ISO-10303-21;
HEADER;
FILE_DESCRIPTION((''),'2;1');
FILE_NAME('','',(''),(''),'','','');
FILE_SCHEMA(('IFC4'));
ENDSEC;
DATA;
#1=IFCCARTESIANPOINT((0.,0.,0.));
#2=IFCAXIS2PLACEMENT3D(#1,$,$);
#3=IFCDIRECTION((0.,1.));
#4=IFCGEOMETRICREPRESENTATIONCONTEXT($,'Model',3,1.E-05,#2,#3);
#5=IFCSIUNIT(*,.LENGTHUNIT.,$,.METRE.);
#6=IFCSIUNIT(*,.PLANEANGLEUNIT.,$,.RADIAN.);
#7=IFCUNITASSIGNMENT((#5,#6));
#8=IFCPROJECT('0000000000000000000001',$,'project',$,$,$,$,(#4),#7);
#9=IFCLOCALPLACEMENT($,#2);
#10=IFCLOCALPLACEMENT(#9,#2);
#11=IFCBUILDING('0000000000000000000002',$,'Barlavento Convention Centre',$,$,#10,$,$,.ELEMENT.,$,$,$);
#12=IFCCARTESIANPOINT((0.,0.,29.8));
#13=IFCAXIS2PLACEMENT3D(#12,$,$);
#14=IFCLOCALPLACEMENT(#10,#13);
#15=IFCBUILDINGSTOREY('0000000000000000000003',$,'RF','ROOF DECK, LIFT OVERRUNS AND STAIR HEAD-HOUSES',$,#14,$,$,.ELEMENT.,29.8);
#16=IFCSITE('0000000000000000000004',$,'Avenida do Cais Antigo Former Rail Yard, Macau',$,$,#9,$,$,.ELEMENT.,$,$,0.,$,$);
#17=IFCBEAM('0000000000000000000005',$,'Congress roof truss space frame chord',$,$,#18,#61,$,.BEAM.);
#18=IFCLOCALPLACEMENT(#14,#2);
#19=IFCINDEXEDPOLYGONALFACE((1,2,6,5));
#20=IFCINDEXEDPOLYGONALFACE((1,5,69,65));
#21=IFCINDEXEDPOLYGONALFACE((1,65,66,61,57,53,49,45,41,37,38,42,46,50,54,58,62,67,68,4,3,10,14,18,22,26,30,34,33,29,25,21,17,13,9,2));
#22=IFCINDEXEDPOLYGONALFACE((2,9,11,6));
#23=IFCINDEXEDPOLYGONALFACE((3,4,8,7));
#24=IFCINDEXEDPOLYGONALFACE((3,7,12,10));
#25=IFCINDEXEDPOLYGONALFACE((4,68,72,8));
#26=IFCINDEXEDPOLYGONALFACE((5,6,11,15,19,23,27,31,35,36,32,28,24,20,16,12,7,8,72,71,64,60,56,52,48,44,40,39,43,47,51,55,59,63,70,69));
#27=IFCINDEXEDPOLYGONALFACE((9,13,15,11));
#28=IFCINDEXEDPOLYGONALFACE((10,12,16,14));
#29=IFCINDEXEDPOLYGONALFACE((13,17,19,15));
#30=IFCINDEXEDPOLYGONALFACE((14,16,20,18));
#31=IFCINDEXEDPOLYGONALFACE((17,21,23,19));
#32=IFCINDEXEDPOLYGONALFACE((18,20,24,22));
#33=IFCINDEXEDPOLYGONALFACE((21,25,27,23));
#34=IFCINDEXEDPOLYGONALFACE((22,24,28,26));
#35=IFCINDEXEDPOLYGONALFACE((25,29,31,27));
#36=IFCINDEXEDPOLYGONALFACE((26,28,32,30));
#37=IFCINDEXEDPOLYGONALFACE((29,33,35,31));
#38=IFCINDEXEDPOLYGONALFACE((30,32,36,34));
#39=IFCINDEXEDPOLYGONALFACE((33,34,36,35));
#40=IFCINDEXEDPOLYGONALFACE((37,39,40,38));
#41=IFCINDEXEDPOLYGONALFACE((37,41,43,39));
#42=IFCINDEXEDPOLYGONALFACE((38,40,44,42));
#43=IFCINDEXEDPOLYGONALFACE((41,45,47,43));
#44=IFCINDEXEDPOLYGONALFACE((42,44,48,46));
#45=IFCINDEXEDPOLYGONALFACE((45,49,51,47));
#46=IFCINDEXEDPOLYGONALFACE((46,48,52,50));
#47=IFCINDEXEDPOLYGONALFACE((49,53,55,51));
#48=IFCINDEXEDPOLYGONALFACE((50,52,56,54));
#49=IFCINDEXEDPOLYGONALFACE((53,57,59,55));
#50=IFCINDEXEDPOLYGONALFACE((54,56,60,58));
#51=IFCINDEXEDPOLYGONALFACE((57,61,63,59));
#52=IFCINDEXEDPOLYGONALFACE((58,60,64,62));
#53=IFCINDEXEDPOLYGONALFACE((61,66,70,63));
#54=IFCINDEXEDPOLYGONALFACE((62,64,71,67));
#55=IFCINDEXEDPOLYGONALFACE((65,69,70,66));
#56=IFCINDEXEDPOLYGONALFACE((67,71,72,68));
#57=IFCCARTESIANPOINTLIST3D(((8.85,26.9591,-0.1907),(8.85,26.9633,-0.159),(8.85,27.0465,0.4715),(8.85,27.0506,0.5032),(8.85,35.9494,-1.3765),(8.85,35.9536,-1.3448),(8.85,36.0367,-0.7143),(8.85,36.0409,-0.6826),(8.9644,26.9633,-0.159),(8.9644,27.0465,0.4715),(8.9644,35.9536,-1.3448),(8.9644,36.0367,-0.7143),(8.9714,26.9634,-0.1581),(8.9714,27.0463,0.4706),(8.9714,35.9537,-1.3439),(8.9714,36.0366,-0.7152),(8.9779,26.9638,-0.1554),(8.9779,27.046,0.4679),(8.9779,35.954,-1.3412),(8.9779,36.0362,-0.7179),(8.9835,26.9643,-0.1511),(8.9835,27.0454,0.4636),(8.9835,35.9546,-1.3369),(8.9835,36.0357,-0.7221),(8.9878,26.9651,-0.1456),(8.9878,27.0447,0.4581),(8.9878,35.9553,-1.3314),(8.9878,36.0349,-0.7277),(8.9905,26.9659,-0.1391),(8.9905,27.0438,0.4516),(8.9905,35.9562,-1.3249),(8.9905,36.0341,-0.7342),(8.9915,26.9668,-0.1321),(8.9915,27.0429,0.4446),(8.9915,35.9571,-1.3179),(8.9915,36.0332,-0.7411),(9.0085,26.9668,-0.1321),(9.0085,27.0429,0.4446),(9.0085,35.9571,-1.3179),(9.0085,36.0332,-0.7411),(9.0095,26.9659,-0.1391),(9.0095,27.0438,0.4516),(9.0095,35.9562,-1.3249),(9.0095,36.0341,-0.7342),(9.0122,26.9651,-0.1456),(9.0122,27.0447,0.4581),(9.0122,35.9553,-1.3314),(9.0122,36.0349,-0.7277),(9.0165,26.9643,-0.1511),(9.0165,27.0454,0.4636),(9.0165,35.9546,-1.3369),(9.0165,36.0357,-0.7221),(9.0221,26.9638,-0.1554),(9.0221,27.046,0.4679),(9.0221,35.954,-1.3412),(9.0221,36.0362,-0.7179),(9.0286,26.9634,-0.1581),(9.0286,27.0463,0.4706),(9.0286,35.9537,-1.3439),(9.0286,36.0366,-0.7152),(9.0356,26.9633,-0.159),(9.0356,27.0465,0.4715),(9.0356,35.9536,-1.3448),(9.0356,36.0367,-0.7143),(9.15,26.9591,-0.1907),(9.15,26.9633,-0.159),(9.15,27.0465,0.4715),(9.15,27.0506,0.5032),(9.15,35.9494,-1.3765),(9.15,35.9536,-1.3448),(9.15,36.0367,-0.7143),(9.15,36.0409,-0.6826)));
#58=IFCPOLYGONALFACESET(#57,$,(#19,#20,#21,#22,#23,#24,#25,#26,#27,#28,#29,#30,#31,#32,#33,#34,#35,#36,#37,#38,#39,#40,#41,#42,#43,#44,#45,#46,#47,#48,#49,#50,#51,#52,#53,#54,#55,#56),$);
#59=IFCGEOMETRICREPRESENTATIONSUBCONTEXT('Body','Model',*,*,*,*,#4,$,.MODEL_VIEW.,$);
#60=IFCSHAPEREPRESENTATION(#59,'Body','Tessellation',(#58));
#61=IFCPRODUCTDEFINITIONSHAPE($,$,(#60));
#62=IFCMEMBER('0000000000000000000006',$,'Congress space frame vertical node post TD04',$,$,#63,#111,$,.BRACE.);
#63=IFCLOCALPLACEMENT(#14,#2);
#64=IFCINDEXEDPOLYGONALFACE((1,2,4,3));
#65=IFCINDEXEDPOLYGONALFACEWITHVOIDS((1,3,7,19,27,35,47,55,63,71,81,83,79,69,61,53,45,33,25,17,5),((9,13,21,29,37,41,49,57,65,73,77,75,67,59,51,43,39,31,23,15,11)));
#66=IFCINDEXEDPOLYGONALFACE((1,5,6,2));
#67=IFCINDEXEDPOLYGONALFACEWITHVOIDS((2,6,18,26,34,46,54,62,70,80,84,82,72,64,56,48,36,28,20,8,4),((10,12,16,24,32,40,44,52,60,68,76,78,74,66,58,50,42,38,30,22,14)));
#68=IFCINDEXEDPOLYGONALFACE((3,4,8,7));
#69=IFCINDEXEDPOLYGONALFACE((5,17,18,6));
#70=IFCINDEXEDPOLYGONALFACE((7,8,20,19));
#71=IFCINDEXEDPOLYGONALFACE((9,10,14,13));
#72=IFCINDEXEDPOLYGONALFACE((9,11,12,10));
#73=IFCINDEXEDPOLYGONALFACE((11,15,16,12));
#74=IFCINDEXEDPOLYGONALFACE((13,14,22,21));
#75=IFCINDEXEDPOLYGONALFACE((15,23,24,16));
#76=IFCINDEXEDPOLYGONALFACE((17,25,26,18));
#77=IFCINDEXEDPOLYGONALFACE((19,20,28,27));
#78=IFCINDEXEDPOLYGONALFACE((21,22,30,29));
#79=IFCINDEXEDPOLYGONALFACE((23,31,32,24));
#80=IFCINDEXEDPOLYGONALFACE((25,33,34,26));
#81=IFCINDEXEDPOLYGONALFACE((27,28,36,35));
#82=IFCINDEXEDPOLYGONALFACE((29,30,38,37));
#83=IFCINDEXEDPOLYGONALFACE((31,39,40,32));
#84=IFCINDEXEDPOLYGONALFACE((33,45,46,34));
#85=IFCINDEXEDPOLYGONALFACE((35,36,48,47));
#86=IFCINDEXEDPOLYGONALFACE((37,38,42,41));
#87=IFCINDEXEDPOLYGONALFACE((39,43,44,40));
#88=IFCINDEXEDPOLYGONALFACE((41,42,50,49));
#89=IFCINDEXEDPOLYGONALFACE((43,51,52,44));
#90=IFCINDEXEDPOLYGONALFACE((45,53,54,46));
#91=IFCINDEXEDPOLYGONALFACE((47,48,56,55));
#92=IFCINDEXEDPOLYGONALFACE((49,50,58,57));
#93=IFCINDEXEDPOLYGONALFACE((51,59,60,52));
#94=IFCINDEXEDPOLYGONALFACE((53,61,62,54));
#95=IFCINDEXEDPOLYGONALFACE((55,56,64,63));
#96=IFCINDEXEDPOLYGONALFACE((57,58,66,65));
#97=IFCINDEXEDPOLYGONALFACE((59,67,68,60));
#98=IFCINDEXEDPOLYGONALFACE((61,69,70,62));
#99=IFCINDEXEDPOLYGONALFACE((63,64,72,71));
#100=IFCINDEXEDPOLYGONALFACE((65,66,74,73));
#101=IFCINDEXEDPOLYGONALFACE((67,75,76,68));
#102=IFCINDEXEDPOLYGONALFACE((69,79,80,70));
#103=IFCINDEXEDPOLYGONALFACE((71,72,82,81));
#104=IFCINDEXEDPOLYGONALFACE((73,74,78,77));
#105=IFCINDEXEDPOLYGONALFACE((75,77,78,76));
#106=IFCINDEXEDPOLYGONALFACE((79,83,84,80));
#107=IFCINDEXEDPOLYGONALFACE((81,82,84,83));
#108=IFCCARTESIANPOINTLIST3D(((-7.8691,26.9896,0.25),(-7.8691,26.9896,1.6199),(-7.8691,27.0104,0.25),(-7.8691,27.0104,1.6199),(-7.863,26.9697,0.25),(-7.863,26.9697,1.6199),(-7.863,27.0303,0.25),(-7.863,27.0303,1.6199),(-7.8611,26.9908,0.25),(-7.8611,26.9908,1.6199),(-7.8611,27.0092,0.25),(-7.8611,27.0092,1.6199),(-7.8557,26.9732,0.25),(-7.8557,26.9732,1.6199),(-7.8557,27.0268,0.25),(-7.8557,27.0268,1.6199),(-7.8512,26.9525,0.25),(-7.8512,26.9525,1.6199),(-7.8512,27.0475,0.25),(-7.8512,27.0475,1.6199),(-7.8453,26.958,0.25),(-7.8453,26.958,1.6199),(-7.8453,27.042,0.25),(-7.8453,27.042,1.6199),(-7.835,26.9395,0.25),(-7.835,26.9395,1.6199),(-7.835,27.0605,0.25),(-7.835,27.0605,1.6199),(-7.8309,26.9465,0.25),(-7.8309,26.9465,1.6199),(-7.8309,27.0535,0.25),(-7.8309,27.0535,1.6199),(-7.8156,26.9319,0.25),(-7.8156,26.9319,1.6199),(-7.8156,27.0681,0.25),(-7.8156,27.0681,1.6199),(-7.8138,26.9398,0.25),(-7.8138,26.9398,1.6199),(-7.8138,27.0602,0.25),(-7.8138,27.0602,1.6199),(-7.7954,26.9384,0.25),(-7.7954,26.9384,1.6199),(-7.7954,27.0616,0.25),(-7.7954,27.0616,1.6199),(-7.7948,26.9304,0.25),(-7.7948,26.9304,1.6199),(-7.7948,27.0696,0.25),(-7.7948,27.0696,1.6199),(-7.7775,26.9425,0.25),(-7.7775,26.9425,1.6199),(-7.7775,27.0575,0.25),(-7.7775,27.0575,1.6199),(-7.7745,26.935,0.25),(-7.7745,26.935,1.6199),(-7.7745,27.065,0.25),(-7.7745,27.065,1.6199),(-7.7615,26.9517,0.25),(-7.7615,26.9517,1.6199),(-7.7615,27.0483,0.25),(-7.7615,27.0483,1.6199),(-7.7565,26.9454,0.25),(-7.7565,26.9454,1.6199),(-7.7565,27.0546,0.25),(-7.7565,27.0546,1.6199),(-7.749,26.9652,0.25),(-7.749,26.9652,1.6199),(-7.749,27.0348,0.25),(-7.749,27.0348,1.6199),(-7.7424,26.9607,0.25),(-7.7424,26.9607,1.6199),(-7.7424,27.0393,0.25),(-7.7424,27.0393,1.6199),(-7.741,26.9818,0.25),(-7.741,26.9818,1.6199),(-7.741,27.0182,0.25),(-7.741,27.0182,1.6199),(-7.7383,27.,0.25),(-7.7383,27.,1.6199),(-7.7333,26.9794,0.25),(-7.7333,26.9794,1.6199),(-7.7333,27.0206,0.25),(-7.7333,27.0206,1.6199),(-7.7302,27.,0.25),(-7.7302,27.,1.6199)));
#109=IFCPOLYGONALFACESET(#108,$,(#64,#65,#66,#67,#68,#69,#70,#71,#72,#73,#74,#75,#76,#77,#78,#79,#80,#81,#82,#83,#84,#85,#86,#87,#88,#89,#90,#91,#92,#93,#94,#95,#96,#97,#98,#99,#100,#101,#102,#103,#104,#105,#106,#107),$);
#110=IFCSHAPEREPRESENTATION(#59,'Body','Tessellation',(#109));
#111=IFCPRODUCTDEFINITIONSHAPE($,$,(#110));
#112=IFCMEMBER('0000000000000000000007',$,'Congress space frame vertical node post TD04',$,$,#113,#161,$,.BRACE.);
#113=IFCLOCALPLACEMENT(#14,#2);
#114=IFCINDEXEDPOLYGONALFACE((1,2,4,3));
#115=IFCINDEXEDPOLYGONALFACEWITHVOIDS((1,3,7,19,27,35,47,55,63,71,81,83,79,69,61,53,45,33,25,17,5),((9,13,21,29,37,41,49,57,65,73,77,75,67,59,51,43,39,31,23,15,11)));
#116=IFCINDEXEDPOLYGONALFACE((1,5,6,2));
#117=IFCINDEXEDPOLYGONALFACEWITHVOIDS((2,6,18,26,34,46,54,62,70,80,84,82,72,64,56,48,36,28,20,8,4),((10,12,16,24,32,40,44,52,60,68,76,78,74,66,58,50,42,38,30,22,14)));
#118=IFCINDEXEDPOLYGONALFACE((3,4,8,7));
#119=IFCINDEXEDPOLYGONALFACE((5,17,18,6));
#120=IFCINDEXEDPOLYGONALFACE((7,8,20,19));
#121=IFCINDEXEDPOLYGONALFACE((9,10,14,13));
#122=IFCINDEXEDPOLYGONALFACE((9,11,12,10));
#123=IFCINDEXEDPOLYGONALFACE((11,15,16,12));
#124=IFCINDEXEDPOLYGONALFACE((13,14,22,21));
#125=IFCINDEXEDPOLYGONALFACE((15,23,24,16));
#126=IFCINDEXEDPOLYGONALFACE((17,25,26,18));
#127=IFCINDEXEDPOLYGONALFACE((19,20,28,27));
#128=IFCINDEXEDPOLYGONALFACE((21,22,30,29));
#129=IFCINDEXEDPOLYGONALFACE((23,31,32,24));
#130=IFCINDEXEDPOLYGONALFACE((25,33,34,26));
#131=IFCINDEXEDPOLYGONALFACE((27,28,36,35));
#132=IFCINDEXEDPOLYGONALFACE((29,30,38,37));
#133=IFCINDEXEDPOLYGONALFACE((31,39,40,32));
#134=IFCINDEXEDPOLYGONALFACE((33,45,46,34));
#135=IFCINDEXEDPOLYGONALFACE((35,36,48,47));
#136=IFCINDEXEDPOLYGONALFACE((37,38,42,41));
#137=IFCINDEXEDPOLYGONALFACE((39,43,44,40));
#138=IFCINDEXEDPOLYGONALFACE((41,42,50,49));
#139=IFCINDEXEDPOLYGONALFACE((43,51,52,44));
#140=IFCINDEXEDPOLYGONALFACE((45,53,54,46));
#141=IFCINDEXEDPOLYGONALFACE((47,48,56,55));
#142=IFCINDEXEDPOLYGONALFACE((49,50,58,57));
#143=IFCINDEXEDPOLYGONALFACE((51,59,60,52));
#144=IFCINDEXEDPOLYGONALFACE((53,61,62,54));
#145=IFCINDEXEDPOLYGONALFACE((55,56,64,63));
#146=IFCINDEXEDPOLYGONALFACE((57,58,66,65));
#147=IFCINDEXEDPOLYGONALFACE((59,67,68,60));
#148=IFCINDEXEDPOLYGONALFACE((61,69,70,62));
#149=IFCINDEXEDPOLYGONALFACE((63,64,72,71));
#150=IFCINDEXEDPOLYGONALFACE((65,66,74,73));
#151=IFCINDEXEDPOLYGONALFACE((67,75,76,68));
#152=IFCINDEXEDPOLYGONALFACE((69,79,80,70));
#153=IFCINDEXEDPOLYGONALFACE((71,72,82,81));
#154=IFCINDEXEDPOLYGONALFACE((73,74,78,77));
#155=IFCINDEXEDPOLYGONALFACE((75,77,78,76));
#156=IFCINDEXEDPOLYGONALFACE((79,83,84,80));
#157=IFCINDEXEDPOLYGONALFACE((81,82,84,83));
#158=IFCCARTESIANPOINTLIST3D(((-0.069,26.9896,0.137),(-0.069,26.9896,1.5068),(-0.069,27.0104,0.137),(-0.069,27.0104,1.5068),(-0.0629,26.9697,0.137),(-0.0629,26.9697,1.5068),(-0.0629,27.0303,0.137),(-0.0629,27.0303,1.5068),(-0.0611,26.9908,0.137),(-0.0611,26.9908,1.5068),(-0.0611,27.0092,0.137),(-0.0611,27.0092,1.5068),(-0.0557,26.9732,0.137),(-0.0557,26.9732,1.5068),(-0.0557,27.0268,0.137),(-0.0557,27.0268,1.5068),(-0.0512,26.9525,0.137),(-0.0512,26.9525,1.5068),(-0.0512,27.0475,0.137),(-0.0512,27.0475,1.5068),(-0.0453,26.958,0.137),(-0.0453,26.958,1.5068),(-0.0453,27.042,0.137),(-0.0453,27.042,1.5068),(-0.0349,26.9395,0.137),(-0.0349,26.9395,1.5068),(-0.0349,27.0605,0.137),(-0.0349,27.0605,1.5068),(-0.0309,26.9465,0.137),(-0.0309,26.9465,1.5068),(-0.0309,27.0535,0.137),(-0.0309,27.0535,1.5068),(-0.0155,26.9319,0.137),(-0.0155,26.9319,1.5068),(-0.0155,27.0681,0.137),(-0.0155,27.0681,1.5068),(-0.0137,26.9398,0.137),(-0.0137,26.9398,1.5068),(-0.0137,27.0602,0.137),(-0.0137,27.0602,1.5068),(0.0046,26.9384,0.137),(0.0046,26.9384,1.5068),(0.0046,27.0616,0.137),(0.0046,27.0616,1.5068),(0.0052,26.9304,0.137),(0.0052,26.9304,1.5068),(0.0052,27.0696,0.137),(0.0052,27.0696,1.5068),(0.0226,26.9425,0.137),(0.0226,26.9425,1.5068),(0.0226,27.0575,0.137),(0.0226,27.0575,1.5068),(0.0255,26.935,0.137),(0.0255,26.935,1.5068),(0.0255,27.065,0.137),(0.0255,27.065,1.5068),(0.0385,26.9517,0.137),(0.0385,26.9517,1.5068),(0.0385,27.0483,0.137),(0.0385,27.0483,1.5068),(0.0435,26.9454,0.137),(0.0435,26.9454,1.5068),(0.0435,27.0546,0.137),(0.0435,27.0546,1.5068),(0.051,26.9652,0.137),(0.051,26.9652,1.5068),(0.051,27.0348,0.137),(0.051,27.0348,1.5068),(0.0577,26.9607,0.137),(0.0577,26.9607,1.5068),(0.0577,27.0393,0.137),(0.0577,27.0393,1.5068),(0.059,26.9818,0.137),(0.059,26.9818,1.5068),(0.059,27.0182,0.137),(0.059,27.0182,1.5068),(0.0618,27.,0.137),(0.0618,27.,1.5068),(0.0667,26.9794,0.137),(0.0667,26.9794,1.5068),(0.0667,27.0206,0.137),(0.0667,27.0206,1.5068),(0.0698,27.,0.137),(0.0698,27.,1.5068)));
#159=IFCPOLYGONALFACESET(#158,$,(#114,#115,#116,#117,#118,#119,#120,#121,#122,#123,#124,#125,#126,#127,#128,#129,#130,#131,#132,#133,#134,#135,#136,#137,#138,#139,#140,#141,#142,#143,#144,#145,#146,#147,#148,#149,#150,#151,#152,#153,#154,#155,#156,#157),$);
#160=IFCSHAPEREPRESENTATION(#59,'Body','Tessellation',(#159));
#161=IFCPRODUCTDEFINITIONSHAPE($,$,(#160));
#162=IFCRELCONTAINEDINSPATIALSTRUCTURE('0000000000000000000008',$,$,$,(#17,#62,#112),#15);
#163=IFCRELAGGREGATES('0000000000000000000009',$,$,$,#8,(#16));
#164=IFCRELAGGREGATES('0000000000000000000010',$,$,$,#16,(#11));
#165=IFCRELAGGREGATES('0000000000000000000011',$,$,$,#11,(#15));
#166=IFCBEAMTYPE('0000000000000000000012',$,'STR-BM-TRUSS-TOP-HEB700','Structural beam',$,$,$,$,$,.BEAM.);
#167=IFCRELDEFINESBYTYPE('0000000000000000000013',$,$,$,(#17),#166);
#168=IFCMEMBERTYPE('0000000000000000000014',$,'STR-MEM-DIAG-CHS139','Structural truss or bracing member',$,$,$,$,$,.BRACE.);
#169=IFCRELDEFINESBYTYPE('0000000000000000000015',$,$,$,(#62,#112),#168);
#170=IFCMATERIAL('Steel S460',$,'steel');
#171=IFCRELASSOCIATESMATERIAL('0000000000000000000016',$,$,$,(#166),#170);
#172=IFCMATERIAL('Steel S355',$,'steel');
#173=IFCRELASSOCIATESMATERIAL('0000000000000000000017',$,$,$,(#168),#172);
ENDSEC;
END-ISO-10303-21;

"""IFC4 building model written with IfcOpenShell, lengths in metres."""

from ifc_helpers import new_model, si_unit, direction, frame, origin, origin_2d, place, context, subcontext, project, spatial, hollow_circle, i_section, extrude, material, material_profile, profile_set, type_object, element, save


model = new_model("IFC4")

# Units and contexts
model_context = context("Model", 3, precision=1e-05, world=origin(), true_north=direction((0.0, 1.0)))
body_context = subcontext(model_context, "Body", "Model", "MODEL_VIEW")
ifc_project = project(units=[si_unit("LENGTHUNIT", "METRE"), si_unit("PLANEANGLEUNIT", "RADIAN")], contexts=[model_context])

# Site, building, storey
site_placement = place(None, origin())
site = spatial("IfcSite", under=ifc_project, at=site_placement, Name="Avenida do Cais Antigo Former Rail Yard, Macau", CompositionType="ELEMENT", RefElevation=0.0)
building_placement = place(site_placement, origin())
building = spatial("IfcBuilding", under=site, at=building_placement, Name="Barlavento Convention Centre", CompositionType="ELEMENT")
storey_placement = place(building_placement, frame((0.0, 0.0, 29.8)))
storey = spatial("IfcBuildingStorey", under=building, at=storey_placement, Name="RF", Description="ROOF DECK, LIFT OVERRUNS AND STAIR HEAD-HOUSES", CompositionType="ELEMENT", Elevation=29.8)

# Beam
ifc_material_1 = material(Name="Steel S355", Category="steel")
ifc_material_2 = material(Name="Steel S460", Category="steel")
ifc_material_profile_1 = material_profile(ifc_material_2, i_section(OverallWidth=0.3, OverallDepth=0.7, WebThickness=0.0171, FlangeThickness=0.032, FilletRadius=0.0271, at=origin_2d()), Name="HEB 700")
ifc_profile_set_1 = profile_set([ifc_material_profile_1], Name="Steel S460")
beam_type_1 = type_object("IfcBeamType", Name="STR-BM-TRUSS-TOP-HEB700", Description="Structural beam", PredefinedType="BEAM", material=ifc_profile_set_1)
for number, where, z_axis, x_axis, name in (
    (1, (9.0, 27.0049, 0.1562), (0.0, 0.991413, -0.130765), (-1.0, 0.0, 0.0), "Congress roof truss space frame chord"),
):
    element("IfcBeam", number, at=place(storey_placement, frame(where, z_axis=z_axis, x_axis=x_axis)), inside=storey, type_object=beam_type_1, Name=name, PredefinedType="BEAM", context=body_context, shape_type="SweptSolid", body=[
        extrude(i_section(OverallWidth=0.3, OverallDepth=0.7, WebThickness=0.0171, FlangeThickness=0.032, FilletRadius=0.0271, at=origin_2d()), origin(), (0.0, 0.0, 1.0), 9.0681),
    ])

# Members
ifc_material_profile_2 = material_profile(ifc_material_1, hollow_circle(Radius=0.0698, WallThickness=0.0081, at=origin_2d()), Name="CHS 139.7x8.0")
ifc_profile_set_2 = profile_set([ifc_material_profile_2], Name="Steel S355")
member_type_1 = type_object("IfcMemberType", Name="STR-MEM-DIAG-CHS139", Description="Structural truss or bracing member", PredefinedType="BRACE", material=ifc_profile_set_2)
for number, where, z_axis, x_axis, name in (
    (2, (-7.8, 27.0, 0.25), (0.0, 0.0, 1.0), (1.0, 0.0, 0.0), "Congress space frame vertical node post TD04"),
    (3, (0.0, 27.0, 0.137), (0.0, 0.0, 1.0), (1.0, 0.0, 0.0), "Congress space frame vertical node post TD04"),
):
    element("IfcMember", number, at=place(storey_placement, frame(where, z_axis=z_axis, x_axis=x_axis)), inside=storey, type_object=member_type_1, Name=name, PredefinedType="BRACE", context=body_context, shape_type="SweptSolid", body=[
        extrude(hollow_circle(Radius=0.0698, WallThickness=0.0081, at=origin_2d()), origin(), (0.0, 0.0, 1.0), 1.3699),
    ])

save(model, "model.ifc")
